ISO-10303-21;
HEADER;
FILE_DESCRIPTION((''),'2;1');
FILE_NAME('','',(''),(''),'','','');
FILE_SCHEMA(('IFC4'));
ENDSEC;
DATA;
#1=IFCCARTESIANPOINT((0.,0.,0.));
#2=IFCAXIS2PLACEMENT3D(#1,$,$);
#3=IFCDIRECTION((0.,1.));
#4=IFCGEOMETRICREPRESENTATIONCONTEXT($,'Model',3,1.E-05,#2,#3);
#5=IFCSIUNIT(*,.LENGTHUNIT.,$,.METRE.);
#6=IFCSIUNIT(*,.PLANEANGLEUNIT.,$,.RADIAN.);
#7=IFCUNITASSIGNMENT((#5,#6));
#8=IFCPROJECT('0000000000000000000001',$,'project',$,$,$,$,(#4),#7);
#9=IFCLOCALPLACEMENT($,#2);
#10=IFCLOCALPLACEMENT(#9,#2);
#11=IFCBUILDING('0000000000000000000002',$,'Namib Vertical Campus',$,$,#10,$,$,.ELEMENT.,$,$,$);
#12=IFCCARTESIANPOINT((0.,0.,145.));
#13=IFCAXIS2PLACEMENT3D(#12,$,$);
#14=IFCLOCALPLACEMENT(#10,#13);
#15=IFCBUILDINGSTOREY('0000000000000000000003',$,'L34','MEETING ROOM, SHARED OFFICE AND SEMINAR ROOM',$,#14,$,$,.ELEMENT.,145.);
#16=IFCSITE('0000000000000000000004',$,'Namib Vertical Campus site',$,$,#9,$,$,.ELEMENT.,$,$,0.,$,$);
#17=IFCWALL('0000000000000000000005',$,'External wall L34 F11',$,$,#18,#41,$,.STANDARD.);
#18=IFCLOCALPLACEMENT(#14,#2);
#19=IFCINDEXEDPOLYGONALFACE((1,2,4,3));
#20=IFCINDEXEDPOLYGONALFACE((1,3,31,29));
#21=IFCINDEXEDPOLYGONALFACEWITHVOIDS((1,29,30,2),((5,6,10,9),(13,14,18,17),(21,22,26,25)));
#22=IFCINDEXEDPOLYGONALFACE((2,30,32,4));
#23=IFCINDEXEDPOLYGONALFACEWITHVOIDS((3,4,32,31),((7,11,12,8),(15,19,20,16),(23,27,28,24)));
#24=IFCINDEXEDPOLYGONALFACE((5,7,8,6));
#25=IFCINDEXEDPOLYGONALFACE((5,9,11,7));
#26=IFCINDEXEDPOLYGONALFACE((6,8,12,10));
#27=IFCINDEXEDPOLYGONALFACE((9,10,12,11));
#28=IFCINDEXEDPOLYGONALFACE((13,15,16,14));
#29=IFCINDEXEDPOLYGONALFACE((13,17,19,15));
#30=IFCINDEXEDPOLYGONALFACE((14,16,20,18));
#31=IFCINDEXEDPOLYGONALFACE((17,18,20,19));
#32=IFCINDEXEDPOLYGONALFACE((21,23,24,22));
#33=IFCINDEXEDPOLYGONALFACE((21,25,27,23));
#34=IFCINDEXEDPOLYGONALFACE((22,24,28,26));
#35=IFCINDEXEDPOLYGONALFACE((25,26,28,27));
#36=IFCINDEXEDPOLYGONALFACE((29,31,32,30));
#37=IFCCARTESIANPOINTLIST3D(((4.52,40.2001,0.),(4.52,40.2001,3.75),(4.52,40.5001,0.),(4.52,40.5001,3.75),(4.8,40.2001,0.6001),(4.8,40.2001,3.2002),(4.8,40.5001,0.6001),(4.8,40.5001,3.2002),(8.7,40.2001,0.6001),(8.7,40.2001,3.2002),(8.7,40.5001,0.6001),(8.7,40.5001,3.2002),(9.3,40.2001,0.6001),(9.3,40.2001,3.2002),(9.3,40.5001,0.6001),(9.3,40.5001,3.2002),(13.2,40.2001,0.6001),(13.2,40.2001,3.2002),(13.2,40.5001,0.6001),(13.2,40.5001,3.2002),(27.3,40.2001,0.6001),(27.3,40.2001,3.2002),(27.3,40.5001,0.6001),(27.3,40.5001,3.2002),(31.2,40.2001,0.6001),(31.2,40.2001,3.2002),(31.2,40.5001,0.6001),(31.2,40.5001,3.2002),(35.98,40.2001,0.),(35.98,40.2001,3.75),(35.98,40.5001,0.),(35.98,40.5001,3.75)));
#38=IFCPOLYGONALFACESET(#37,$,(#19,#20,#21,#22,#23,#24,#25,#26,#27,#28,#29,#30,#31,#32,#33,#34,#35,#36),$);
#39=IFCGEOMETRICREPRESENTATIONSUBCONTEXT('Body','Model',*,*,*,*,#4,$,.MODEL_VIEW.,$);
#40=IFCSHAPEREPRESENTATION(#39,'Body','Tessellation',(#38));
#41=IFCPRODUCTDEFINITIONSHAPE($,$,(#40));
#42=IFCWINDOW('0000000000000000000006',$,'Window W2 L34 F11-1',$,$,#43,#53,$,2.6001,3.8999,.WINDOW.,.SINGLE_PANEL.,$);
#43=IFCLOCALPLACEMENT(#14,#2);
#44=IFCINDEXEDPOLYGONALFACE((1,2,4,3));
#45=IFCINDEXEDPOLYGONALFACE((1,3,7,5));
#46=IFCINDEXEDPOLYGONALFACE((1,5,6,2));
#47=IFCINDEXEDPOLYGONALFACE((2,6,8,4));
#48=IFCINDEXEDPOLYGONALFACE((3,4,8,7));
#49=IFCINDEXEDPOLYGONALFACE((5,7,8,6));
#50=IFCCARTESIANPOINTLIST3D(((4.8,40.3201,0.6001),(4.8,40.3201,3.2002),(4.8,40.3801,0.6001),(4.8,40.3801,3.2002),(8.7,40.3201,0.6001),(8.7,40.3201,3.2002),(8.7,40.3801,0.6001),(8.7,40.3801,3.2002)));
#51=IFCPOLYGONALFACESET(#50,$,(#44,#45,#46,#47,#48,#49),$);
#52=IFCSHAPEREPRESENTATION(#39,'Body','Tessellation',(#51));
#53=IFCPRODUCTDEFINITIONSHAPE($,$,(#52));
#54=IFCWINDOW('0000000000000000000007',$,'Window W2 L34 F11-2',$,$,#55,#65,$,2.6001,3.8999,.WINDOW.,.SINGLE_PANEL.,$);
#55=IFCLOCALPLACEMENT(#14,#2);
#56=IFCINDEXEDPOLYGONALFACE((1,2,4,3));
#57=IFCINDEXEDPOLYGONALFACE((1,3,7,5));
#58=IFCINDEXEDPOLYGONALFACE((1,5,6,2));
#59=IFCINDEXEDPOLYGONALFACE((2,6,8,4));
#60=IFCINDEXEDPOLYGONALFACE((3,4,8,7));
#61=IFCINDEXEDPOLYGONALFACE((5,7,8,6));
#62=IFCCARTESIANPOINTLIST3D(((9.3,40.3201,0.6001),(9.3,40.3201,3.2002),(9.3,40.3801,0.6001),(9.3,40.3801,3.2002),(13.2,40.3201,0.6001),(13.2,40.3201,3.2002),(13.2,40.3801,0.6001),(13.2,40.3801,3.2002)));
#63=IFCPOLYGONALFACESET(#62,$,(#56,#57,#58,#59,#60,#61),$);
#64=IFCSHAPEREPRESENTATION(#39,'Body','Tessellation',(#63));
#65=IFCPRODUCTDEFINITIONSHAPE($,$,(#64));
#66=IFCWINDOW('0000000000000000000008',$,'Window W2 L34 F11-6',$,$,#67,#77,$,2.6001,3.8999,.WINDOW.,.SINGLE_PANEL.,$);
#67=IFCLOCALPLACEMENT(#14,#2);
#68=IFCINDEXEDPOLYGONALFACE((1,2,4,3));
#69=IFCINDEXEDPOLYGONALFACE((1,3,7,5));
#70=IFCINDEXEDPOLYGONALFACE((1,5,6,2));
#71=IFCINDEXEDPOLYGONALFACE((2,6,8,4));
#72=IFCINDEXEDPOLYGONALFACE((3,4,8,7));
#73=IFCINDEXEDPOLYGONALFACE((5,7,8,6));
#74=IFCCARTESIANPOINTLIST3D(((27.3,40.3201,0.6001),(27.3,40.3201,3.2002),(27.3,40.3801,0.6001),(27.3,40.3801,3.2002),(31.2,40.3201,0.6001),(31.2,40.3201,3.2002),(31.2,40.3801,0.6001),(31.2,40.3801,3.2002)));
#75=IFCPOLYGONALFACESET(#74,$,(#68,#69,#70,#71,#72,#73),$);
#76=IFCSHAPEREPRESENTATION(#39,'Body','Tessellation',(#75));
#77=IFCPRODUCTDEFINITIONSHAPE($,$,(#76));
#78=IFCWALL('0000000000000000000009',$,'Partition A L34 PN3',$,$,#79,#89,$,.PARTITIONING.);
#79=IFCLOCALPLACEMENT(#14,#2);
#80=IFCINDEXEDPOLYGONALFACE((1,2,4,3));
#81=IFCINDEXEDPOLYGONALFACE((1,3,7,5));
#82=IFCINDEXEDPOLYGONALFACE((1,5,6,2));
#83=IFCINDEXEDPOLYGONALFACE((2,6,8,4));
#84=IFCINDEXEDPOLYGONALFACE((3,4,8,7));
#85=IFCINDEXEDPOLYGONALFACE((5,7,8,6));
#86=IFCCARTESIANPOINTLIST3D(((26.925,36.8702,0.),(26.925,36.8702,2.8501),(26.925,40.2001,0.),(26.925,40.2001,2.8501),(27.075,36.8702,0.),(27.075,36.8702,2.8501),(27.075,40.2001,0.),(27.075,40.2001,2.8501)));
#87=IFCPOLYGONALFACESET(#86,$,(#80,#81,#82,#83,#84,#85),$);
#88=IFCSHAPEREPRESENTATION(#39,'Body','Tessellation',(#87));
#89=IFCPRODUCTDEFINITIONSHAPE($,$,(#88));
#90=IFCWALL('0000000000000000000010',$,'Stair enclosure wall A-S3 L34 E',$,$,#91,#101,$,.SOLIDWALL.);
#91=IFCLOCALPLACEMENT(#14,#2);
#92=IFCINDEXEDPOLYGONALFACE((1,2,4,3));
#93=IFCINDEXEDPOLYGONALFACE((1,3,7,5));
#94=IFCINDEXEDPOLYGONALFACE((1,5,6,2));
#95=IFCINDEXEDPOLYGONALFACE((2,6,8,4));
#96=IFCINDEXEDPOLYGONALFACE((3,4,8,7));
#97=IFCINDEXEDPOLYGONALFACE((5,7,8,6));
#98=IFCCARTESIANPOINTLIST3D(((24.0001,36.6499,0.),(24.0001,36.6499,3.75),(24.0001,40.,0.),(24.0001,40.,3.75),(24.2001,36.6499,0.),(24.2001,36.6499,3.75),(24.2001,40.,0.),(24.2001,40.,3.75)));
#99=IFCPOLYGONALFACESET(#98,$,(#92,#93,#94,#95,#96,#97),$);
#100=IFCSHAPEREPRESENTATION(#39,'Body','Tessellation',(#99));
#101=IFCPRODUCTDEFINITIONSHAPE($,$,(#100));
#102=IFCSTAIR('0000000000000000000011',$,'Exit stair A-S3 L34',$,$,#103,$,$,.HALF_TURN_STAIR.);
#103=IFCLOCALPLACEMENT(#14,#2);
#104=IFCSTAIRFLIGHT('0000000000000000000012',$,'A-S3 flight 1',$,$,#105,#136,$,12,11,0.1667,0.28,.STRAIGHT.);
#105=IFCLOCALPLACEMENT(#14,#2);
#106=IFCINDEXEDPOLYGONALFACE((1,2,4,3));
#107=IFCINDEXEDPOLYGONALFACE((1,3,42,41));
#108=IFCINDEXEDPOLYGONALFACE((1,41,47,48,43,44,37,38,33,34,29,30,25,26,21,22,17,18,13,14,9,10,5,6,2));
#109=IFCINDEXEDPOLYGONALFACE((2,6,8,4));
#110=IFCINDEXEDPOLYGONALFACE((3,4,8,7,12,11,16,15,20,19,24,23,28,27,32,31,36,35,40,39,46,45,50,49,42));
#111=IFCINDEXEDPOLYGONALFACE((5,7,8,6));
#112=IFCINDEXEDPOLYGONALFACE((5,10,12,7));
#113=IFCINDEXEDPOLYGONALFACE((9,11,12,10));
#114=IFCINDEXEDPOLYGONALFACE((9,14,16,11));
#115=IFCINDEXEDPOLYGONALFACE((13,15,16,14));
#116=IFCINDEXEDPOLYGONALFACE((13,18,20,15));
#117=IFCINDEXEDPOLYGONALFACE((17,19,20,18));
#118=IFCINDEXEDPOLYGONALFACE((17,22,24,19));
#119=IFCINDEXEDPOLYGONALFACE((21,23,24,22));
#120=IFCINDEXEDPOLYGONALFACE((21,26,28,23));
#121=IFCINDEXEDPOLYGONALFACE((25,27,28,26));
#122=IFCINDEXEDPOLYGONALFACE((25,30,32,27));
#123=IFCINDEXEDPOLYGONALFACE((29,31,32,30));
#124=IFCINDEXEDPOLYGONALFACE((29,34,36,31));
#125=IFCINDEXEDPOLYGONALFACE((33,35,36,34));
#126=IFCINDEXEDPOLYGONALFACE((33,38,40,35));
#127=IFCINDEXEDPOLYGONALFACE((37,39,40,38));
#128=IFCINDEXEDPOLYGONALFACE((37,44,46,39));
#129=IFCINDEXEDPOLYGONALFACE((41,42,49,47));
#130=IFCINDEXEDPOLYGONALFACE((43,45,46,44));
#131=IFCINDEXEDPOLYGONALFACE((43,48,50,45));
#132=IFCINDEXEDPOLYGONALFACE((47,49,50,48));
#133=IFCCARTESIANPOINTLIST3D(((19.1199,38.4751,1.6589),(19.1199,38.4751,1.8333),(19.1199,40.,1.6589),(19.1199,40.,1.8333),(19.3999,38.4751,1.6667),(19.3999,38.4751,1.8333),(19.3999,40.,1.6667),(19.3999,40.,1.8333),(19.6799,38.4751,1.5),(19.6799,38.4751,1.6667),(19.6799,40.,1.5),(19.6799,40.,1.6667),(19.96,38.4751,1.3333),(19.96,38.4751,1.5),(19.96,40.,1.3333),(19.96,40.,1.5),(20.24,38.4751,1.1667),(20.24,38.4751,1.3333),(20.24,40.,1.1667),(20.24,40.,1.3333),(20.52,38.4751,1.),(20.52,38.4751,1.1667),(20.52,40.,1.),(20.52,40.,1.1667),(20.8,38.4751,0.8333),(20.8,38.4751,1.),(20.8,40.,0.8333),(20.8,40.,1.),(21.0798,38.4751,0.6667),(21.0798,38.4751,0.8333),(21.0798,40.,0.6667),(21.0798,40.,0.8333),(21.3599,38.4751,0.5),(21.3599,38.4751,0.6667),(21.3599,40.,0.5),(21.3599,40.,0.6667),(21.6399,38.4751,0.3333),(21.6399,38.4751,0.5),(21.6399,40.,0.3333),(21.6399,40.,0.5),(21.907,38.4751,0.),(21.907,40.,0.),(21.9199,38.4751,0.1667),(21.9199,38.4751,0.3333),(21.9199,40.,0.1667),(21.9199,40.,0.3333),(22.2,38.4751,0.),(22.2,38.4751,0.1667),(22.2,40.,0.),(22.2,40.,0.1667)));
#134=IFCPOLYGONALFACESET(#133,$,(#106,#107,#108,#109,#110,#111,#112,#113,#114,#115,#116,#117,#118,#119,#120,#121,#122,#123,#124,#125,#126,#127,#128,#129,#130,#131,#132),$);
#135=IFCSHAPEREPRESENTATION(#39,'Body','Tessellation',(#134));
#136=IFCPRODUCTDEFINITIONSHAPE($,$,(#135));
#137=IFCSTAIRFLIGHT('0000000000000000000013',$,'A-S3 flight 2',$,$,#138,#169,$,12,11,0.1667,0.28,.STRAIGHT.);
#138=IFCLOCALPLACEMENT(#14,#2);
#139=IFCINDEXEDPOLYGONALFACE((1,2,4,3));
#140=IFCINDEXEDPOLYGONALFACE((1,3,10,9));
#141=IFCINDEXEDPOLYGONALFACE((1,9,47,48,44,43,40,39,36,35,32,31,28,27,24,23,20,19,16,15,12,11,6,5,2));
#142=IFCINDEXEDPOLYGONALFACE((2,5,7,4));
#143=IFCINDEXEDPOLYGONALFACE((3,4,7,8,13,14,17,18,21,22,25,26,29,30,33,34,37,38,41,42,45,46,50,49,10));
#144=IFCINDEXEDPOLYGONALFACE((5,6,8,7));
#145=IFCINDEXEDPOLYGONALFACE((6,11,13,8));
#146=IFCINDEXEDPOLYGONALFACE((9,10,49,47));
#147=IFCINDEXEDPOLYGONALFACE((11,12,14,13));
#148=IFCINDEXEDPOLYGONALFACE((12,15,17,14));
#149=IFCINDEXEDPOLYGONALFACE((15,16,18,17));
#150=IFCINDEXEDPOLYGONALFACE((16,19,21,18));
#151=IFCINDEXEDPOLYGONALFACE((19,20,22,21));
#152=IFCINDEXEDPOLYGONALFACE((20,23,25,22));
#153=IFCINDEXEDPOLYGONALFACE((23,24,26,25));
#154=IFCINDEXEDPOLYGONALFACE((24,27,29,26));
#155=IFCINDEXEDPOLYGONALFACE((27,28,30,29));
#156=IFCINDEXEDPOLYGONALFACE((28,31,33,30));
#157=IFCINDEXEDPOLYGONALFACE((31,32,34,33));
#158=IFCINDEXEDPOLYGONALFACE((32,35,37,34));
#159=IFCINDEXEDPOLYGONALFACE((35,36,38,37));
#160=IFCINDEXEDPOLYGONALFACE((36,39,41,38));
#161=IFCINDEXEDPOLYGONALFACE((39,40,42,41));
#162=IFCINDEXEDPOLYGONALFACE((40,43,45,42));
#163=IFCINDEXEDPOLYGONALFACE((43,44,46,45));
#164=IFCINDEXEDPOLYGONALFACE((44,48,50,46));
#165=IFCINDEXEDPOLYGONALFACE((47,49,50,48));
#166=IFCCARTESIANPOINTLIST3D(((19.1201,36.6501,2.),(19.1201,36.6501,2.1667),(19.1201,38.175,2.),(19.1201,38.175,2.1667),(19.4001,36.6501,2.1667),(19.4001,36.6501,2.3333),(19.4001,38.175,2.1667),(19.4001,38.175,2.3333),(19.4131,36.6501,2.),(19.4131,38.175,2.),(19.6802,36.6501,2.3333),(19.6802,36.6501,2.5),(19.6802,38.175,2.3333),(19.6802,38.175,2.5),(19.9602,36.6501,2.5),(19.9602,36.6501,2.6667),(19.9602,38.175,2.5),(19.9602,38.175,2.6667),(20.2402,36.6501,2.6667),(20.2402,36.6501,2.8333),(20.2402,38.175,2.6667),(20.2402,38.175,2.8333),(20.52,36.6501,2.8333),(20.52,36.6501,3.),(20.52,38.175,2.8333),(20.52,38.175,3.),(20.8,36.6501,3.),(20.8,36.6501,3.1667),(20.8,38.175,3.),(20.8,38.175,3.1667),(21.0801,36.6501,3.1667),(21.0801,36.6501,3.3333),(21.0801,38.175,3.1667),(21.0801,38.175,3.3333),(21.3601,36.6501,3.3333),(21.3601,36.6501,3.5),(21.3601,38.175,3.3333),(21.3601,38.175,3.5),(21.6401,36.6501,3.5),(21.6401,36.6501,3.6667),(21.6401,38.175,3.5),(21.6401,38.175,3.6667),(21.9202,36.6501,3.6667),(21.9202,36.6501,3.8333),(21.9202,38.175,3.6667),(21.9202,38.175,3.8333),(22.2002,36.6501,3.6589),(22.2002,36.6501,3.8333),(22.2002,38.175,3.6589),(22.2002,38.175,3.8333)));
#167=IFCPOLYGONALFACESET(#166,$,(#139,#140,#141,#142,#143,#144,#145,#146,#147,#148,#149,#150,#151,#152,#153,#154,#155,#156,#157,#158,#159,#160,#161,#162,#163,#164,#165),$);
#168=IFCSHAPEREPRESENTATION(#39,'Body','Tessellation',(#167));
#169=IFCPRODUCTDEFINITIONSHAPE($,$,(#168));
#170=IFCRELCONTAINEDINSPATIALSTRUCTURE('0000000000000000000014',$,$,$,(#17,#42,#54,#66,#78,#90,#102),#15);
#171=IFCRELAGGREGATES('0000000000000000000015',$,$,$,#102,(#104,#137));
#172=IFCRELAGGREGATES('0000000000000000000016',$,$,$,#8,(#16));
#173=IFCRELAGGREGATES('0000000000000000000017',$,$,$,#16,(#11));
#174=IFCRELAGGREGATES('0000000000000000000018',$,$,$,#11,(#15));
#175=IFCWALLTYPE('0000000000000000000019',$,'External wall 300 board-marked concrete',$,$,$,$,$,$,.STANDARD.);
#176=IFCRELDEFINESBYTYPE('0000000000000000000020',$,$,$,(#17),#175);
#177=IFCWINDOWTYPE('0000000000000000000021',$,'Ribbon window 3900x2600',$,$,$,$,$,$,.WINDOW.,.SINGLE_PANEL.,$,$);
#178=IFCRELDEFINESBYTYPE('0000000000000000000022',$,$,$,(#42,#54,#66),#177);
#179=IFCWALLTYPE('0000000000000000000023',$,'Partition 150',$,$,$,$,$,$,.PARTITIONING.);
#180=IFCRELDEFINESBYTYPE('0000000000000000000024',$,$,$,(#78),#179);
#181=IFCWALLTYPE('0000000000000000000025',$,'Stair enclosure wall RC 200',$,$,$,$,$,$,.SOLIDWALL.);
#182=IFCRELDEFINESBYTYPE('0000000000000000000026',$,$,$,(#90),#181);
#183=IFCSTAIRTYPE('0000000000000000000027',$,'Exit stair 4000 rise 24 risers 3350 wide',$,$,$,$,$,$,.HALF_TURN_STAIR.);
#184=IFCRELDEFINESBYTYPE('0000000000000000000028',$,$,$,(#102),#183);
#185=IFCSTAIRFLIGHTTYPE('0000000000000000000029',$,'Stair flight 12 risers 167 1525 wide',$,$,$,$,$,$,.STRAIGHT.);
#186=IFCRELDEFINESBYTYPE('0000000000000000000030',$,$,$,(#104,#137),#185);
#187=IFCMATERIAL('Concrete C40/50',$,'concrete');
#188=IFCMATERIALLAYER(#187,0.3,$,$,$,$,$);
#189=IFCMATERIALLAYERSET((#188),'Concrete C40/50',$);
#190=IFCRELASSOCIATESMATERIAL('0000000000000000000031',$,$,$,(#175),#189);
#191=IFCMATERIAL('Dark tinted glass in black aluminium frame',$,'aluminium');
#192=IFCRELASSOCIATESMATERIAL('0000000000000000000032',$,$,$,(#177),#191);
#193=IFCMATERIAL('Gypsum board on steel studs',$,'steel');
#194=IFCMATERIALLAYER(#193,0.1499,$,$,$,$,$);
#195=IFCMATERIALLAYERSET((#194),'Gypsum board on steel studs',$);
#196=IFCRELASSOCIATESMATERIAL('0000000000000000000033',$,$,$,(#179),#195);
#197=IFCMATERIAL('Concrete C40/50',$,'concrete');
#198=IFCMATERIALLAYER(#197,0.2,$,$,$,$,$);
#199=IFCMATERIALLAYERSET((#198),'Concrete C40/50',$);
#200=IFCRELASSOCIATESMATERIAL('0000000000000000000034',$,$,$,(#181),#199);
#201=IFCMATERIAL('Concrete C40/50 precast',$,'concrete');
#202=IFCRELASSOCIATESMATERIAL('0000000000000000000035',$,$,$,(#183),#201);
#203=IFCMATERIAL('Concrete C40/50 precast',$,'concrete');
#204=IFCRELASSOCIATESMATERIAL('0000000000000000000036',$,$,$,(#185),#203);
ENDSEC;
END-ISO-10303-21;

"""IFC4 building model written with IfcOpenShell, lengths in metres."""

from ifc_helpers import new_model, si_unit, direction, frame, frame_2d, origin, place, context, subcontext, project, spatial, polyline, rectangle, outline, extrude, material, layer, layer_set, type_object, element, fill, aggregate, save


model = new_model("IFC4")

# Units and contexts
model_context = context("Model", 3, precision=1e-05, world=origin(), true_north=direction((0.0, 1.0)))
body_context = subcontext(model_context, "Body", "Model", "MODEL_VIEW")
ifc_project = project(units=[si_unit("LENGTHUNIT", "METRE"), si_unit("PLANEANGLEUNIT", "RADIAN")], contexts=[model_context])

# Site, building, storey
site_placement = place(None, origin())
site = spatial("IfcSite", under=ifc_project, at=site_placement, Name="Namib Vertical Campus site", CompositionType="ELEMENT", RefElevation=0.0)
building_placement = place(site_placement, origin())
building = spatial("IfcBuilding", under=site, at=building_placement, Name="Namib Vertical Campus", CompositionType="ELEMENT")
storey_placement = place(building_placement, frame((0.0, 0.0, 145.0)))
storey = spatial("IfcBuildingStorey", under=building, at=storey_placement, Name="L34", Description="MEETING ROOM, SHARED OFFICE AND SEMINAR ROOM", CompositionType="ELEMENT", Elevation=145.0)

# Shared definitions
ifc_material_1 = material(Name="Concrete C40/50", Category="concrete")
ifc_layer_1 = layer(ifc_material_1, 0.3)
ifc_layer_set_1 = layer_set([ifc_layer_1], Name="Concrete C40/50")
wall_type_1 = type_object("IfcWallType", Name="External wall 300 board-marked concrete", PredefinedType="STANDARD", material=ifc_layer_set_1)

# Wall, openings, windows
wall_1_placement = place(storey_placement, frame((35.98, 40.3501, 0.0), z_axis=(0.0, 0.0, 1.0), x_axis=(-1.0, 0.0, 0.0)))
wall_1 = element("IfcWall", 1, at=wall_1_placement, inside=storey, type_object=wall_type_1, Name="External wall L34 F11", PredefinedType="STANDARD", context=body_context, shape_type="SweptSolid", body=[
    extrude(rectangle(XDim=31.46, YDim=0.3, at=frame_2d((15.73, 0.0))), origin(), (0.0, 0.0, 1.0), 3.75),
])
opening_1_placement = place(wall_1_placement, frame((27.28, 0.0, 0.6001)))
opening_1 = element("IfcOpeningElement", 2, at=opening_1_placement, cuts=wall_1, PredefinedType="OPENING", context=body_context, shape_type="SweptSolid", body=[
    extrude(rectangle(XDim=3.8999, YDim=2.6001, at=frame_2d((1.95, 1.3))), frame((0.0, 0.1599, 0.0), z_axis=(0.0, -1.0, 0.0), x_axis=(1.0, 0.0, 0.0)), (0.0, 0.0, 1.0), 0.3201),
])
opening_2_placement = place(wall_1_placement, frame((22.78, 0.0, 0.6001)))
opening_2 = element("IfcOpeningElement", 3, at=opening_2_placement, cuts=wall_1, PredefinedType="OPENING", context=body_context, shape_type="SweptSolid", body=[
    extrude(rectangle(XDim=3.8999, YDim=2.6001, at=frame_2d((1.95, 1.3))), frame((0.0, 0.1599, 0.0), z_axis=(0.0, -1.0, 0.0), x_axis=(1.0, 0.0, 0.0)), (0.0, 0.0, 1.0), 0.3201),
])
opening_3_placement = place(wall_1_placement, frame((4.78, 0.0, 0.6001)))
opening_3 = element("IfcOpeningElement", 4, at=opening_3_placement, cuts=wall_1, PredefinedType="OPENING", context=body_context, shape_type="SweptSolid", body=[
    extrude(rectangle(XDim=3.8999, YDim=2.6001, at=frame_2d((1.95, 1.3))), frame((0.0, 0.1599, 0.0), z_axis=(0.0, -1.0, 0.0), x_axis=(1.0, 0.0, 0.0)), (0.0, 0.0, 1.0), 0.3201),
])
ifc_material_2 = material(Name="Dark tinted glass in black aluminium frame", Category="aluminium")
window_type = type_object("IfcWindowType", Name="Ribbon window 3900x2600", PartitioningType="SINGLE_PANEL", PredefinedType="WINDOW", material=ifc_material_2)
window_1_placement = place(opening_1_placement, origin())
window_1 = element("IfcWindow", 5, at=window_1_placement, inside=storey, type_object=window_type, Name="Window W2 L34 F11-1", OverallHeight=2.6001, OverallWidth=3.8999, PartitioningType="SINGLE_PANEL", PredefinedType="WINDOW", context=body_context, shape_type="SweptSolid", body=[
    extrude(rectangle(XDim=3.8999, YDim=2.6001, at=frame_2d((1.95, 1.3))), frame((0.0, 0.03, 0.0), z_axis=(0.0, -1.0, 0.0), x_axis=(1.0, 0.0, 0.0)), (0.0, 0.0, 1.0), 0.0601),
])
fill(opening_1, window_1)
window_2_placement = place(opening_2_placement, origin())
window_2 = element("IfcWindow", 6, at=window_2_placement, inside=storey, type_object=window_type, Name="Window W2 L34 F11-2", OverallHeight=2.6001, OverallWidth=3.8999, PartitioningType="SINGLE_PANEL", PredefinedType="WINDOW", context=body_context, shape_type="SweptSolid", body=[
    extrude(rectangle(XDim=3.8999, YDim=2.6001, at=frame_2d((1.95, 1.3))), frame((0.0, 0.03, 0.0), z_axis=(0.0, -1.0, 0.0), x_axis=(1.0, 0.0, 0.0)), (0.0, 0.0, 1.0), 0.0601),
])
fill(opening_2, window_2)
window_3_placement = place(opening_3_placement, origin())
window_3 = element("IfcWindow", 7, at=window_3_placement, inside=storey, type_object=window_type, Name="Window W2 L34 F11-6", OverallHeight=2.6001, OverallWidth=3.8999, PartitioningType="SINGLE_PANEL", PredefinedType="WINDOW", context=body_context, shape_type="SweptSolid", body=[
    extrude(rectangle(XDim=3.8999, YDim=2.6001, at=frame_2d((1.95, 1.3))), frame((0.0, 0.03, 0.0), z_axis=(0.0, -1.0, 0.0), x_axis=(1.0, 0.0, 0.0)), (0.0, 0.0, 1.0), 0.0601),
])
fill(opening_3, window_3)

# Walls
ifc_material_3 = material(Name="Gypsum board on steel studs", Category="steel")
ifc_layer_2 = layer(ifc_material_3, 0.1499)
ifc_layer_set_2 = layer_set([ifc_layer_2], Name="Gypsum board on steel studs")
wall_type_2 = type_object("IfcWallType", Name="Partition 150", PredefinedType="PARTITIONING", material=ifc_layer_set_2)
wall_2_placement = place(storey_placement, frame((27.0, 36.8701, 0.0), z_axis=(0.0, 0.0, 1.0), x_axis=(0.0, 1.0, 0.0)))
element("IfcWall", 8, at=wall_2_placement, inside=storey, type_object=wall_type_2, Name="Partition A L34 PN3", PredefinedType="PARTITIONING", context=body_context, shape_type="SweptSolid", body=[
    extrude(rectangle(XDim=3.3298, YDim=0.1499, at=frame_2d((1.665, 0.0))), origin(), (0.0, 0.0, 1.0), 2.8501),
])
ifc_material_4 = material(Name="Concrete C40/50", Category="concrete")
ifc_layer_3 = layer(ifc_material_4, 0.2)
ifc_layer_set_3 = layer_set([ifc_layer_3], Name="Concrete C40/50")
wall_type_3 = type_object("IfcWallType", Name="Stair enclosure wall RC 200", PredefinedType="SOLIDWALL", material=ifc_layer_set_3)
wall_3_placement = place(storey_placement, frame((24.1001, 36.6499, 0.0), z_axis=(0.0, 0.0, 1.0), x_axis=(0.0, 1.0, 0.0)))
element("IfcWall", 9, at=wall_3_placement, inside=storey, type_object=wall_type_3, Name="Stair enclosure wall A-S3 L34 E", PredefinedType="SOLIDWALL", context=body_context, shape_type="SweptSolid", body=[
    extrude(rectangle(XDim=3.3501, YDim=0.2, at=frame_2d((1.675, 0.0))), origin(), (0.0, 0.0, 1.0), 3.75),
])

# Stair, stair flights
ifc_material_5 = material(Name="Concrete C40/50 precast", Category="concrete")
stair_type = type_object("IfcStairType", Name="Exit stair 4000 rise 24 risers 3350 wide", PredefinedType="HALF_TURN_STAIR", material=ifc_material_5)
stair_placement = place(storey_placement, origin())
stair = element("IfcStair", 10, at=stair_placement, inside=storey, type_object=stair_type, Name="Exit stair A-S3 L34", PredefinedType="HALF_TURN_STAIR")
ifc_material_6 = material(Name="Concrete C40/50 precast", Category="concrete")
stair_flight_type = type_object("IfcStairFlightType", Name="Stair flight 12 risers 167 1525 wide", PredefinedType="STRAIGHT", material=ifc_material_6)
stair_flight_1_placement = place(storey_placement, frame((22.2, 39.2375, 0.0), z_axis=(0.0, 0.0, 1.0), x_axis=(-1.0, 0.0, 0.0)))
stair_flight_1 = element("IfcStairFlight", 11, at=stair_flight_1_placement, type_object=stair_flight_type, Name="A-S3 flight 1", NumberOfRisers=12, NumberOfTreads=11, PredefinedType="STRAIGHT", RiserHeight=0.1667, TreadLength=0.28, context=body_context, shape_type="SweptSolid", body=[
    extrude(outline(polyline([(0.0, 0.0), (0.0, 0.1667), (0.28, 0.1667), (0.28, 0.3333), (0.5601, 0.3333), (0.5601, 0.5), (0.8401, 0.5), (0.8401, 0.6667), (1.1201, 0.6667), (1.1201, 0.8333), (1.3999, 0.8333), (1.3999, 1.0), (1.6799, 1.0), (1.6799, 1.1667), (1.96, 1.1667), (1.96, 1.3333), (2.24, 1.3333), (2.24, 1.5), (2.52, 1.5), (2.52, 1.6667), (2.8, 1.6667), (2.8, 1.8333), (3.0801, 1.8333), (3.0801, 2.0), (3.0801, 1.6589), (0.293, 0.0), (0.0, 0.0)])), frame((0.0, 0.7625, 0.0), z_axis=(0.0, -1.0, 0.0), x_axis=(1.0, 0.0, 0.0)), (0.0, 0.0, 1.0), 1.5249),
])
stair_flight_2_placement = place(storey_placement, frame((19.1201, 37.4126, 2.0), z_axis=(0.0, 0.0, 1.0), x_axis=(1.0, 0.0, 0.0)))
stair_flight_2 = element("IfcStairFlight", 12, at=stair_flight_2_placement, type_object=stair_flight_type, Name="A-S3 flight 2", NumberOfRisers=12, NumberOfTreads=11, PredefinedType="STRAIGHT", RiserHeight=0.1667, TreadLength=0.28, context=body_context, shape_type="SweptSolid", body=[
    extrude(outline(polyline([(0.0, 0.0), (0.0, 0.1667), (0.28, 0.1667), (0.28, 0.3333), (0.5601, 0.3333), (0.5601, 0.5), (0.8401, 0.5), (0.8401, 0.6667), (1.1201, 0.6667), (1.1201, 0.8333), (1.3999, 0.8333), (1.3999, 1.0), (1.6799, 1.0), (1.6799, 1.1667), (1.96, 1.1667), (1.96, 1.3333), (2.24, 1.3333), (2.24, 1.5), (2.52, 1.5), (2.52, 1.6667), (2.8, 1.6667), (2.8, 1.8333), (3.0801, 1.8333), (3.0801, 2.0), (3.0801, 1.6589), (0.293, 0.0), (0.0, 0.0)])), frame((0.0, 0.7625, 0.0), z_axis=(0.0, -1.0, 0.0), x_axis=(1.0, 0.0, 0.0)), (0.0, 0.0, 1.0), 1.5249),
])
aggregate(stair, [stair_flight_1, stair_flight_2])

save(model, "model.ifc")
